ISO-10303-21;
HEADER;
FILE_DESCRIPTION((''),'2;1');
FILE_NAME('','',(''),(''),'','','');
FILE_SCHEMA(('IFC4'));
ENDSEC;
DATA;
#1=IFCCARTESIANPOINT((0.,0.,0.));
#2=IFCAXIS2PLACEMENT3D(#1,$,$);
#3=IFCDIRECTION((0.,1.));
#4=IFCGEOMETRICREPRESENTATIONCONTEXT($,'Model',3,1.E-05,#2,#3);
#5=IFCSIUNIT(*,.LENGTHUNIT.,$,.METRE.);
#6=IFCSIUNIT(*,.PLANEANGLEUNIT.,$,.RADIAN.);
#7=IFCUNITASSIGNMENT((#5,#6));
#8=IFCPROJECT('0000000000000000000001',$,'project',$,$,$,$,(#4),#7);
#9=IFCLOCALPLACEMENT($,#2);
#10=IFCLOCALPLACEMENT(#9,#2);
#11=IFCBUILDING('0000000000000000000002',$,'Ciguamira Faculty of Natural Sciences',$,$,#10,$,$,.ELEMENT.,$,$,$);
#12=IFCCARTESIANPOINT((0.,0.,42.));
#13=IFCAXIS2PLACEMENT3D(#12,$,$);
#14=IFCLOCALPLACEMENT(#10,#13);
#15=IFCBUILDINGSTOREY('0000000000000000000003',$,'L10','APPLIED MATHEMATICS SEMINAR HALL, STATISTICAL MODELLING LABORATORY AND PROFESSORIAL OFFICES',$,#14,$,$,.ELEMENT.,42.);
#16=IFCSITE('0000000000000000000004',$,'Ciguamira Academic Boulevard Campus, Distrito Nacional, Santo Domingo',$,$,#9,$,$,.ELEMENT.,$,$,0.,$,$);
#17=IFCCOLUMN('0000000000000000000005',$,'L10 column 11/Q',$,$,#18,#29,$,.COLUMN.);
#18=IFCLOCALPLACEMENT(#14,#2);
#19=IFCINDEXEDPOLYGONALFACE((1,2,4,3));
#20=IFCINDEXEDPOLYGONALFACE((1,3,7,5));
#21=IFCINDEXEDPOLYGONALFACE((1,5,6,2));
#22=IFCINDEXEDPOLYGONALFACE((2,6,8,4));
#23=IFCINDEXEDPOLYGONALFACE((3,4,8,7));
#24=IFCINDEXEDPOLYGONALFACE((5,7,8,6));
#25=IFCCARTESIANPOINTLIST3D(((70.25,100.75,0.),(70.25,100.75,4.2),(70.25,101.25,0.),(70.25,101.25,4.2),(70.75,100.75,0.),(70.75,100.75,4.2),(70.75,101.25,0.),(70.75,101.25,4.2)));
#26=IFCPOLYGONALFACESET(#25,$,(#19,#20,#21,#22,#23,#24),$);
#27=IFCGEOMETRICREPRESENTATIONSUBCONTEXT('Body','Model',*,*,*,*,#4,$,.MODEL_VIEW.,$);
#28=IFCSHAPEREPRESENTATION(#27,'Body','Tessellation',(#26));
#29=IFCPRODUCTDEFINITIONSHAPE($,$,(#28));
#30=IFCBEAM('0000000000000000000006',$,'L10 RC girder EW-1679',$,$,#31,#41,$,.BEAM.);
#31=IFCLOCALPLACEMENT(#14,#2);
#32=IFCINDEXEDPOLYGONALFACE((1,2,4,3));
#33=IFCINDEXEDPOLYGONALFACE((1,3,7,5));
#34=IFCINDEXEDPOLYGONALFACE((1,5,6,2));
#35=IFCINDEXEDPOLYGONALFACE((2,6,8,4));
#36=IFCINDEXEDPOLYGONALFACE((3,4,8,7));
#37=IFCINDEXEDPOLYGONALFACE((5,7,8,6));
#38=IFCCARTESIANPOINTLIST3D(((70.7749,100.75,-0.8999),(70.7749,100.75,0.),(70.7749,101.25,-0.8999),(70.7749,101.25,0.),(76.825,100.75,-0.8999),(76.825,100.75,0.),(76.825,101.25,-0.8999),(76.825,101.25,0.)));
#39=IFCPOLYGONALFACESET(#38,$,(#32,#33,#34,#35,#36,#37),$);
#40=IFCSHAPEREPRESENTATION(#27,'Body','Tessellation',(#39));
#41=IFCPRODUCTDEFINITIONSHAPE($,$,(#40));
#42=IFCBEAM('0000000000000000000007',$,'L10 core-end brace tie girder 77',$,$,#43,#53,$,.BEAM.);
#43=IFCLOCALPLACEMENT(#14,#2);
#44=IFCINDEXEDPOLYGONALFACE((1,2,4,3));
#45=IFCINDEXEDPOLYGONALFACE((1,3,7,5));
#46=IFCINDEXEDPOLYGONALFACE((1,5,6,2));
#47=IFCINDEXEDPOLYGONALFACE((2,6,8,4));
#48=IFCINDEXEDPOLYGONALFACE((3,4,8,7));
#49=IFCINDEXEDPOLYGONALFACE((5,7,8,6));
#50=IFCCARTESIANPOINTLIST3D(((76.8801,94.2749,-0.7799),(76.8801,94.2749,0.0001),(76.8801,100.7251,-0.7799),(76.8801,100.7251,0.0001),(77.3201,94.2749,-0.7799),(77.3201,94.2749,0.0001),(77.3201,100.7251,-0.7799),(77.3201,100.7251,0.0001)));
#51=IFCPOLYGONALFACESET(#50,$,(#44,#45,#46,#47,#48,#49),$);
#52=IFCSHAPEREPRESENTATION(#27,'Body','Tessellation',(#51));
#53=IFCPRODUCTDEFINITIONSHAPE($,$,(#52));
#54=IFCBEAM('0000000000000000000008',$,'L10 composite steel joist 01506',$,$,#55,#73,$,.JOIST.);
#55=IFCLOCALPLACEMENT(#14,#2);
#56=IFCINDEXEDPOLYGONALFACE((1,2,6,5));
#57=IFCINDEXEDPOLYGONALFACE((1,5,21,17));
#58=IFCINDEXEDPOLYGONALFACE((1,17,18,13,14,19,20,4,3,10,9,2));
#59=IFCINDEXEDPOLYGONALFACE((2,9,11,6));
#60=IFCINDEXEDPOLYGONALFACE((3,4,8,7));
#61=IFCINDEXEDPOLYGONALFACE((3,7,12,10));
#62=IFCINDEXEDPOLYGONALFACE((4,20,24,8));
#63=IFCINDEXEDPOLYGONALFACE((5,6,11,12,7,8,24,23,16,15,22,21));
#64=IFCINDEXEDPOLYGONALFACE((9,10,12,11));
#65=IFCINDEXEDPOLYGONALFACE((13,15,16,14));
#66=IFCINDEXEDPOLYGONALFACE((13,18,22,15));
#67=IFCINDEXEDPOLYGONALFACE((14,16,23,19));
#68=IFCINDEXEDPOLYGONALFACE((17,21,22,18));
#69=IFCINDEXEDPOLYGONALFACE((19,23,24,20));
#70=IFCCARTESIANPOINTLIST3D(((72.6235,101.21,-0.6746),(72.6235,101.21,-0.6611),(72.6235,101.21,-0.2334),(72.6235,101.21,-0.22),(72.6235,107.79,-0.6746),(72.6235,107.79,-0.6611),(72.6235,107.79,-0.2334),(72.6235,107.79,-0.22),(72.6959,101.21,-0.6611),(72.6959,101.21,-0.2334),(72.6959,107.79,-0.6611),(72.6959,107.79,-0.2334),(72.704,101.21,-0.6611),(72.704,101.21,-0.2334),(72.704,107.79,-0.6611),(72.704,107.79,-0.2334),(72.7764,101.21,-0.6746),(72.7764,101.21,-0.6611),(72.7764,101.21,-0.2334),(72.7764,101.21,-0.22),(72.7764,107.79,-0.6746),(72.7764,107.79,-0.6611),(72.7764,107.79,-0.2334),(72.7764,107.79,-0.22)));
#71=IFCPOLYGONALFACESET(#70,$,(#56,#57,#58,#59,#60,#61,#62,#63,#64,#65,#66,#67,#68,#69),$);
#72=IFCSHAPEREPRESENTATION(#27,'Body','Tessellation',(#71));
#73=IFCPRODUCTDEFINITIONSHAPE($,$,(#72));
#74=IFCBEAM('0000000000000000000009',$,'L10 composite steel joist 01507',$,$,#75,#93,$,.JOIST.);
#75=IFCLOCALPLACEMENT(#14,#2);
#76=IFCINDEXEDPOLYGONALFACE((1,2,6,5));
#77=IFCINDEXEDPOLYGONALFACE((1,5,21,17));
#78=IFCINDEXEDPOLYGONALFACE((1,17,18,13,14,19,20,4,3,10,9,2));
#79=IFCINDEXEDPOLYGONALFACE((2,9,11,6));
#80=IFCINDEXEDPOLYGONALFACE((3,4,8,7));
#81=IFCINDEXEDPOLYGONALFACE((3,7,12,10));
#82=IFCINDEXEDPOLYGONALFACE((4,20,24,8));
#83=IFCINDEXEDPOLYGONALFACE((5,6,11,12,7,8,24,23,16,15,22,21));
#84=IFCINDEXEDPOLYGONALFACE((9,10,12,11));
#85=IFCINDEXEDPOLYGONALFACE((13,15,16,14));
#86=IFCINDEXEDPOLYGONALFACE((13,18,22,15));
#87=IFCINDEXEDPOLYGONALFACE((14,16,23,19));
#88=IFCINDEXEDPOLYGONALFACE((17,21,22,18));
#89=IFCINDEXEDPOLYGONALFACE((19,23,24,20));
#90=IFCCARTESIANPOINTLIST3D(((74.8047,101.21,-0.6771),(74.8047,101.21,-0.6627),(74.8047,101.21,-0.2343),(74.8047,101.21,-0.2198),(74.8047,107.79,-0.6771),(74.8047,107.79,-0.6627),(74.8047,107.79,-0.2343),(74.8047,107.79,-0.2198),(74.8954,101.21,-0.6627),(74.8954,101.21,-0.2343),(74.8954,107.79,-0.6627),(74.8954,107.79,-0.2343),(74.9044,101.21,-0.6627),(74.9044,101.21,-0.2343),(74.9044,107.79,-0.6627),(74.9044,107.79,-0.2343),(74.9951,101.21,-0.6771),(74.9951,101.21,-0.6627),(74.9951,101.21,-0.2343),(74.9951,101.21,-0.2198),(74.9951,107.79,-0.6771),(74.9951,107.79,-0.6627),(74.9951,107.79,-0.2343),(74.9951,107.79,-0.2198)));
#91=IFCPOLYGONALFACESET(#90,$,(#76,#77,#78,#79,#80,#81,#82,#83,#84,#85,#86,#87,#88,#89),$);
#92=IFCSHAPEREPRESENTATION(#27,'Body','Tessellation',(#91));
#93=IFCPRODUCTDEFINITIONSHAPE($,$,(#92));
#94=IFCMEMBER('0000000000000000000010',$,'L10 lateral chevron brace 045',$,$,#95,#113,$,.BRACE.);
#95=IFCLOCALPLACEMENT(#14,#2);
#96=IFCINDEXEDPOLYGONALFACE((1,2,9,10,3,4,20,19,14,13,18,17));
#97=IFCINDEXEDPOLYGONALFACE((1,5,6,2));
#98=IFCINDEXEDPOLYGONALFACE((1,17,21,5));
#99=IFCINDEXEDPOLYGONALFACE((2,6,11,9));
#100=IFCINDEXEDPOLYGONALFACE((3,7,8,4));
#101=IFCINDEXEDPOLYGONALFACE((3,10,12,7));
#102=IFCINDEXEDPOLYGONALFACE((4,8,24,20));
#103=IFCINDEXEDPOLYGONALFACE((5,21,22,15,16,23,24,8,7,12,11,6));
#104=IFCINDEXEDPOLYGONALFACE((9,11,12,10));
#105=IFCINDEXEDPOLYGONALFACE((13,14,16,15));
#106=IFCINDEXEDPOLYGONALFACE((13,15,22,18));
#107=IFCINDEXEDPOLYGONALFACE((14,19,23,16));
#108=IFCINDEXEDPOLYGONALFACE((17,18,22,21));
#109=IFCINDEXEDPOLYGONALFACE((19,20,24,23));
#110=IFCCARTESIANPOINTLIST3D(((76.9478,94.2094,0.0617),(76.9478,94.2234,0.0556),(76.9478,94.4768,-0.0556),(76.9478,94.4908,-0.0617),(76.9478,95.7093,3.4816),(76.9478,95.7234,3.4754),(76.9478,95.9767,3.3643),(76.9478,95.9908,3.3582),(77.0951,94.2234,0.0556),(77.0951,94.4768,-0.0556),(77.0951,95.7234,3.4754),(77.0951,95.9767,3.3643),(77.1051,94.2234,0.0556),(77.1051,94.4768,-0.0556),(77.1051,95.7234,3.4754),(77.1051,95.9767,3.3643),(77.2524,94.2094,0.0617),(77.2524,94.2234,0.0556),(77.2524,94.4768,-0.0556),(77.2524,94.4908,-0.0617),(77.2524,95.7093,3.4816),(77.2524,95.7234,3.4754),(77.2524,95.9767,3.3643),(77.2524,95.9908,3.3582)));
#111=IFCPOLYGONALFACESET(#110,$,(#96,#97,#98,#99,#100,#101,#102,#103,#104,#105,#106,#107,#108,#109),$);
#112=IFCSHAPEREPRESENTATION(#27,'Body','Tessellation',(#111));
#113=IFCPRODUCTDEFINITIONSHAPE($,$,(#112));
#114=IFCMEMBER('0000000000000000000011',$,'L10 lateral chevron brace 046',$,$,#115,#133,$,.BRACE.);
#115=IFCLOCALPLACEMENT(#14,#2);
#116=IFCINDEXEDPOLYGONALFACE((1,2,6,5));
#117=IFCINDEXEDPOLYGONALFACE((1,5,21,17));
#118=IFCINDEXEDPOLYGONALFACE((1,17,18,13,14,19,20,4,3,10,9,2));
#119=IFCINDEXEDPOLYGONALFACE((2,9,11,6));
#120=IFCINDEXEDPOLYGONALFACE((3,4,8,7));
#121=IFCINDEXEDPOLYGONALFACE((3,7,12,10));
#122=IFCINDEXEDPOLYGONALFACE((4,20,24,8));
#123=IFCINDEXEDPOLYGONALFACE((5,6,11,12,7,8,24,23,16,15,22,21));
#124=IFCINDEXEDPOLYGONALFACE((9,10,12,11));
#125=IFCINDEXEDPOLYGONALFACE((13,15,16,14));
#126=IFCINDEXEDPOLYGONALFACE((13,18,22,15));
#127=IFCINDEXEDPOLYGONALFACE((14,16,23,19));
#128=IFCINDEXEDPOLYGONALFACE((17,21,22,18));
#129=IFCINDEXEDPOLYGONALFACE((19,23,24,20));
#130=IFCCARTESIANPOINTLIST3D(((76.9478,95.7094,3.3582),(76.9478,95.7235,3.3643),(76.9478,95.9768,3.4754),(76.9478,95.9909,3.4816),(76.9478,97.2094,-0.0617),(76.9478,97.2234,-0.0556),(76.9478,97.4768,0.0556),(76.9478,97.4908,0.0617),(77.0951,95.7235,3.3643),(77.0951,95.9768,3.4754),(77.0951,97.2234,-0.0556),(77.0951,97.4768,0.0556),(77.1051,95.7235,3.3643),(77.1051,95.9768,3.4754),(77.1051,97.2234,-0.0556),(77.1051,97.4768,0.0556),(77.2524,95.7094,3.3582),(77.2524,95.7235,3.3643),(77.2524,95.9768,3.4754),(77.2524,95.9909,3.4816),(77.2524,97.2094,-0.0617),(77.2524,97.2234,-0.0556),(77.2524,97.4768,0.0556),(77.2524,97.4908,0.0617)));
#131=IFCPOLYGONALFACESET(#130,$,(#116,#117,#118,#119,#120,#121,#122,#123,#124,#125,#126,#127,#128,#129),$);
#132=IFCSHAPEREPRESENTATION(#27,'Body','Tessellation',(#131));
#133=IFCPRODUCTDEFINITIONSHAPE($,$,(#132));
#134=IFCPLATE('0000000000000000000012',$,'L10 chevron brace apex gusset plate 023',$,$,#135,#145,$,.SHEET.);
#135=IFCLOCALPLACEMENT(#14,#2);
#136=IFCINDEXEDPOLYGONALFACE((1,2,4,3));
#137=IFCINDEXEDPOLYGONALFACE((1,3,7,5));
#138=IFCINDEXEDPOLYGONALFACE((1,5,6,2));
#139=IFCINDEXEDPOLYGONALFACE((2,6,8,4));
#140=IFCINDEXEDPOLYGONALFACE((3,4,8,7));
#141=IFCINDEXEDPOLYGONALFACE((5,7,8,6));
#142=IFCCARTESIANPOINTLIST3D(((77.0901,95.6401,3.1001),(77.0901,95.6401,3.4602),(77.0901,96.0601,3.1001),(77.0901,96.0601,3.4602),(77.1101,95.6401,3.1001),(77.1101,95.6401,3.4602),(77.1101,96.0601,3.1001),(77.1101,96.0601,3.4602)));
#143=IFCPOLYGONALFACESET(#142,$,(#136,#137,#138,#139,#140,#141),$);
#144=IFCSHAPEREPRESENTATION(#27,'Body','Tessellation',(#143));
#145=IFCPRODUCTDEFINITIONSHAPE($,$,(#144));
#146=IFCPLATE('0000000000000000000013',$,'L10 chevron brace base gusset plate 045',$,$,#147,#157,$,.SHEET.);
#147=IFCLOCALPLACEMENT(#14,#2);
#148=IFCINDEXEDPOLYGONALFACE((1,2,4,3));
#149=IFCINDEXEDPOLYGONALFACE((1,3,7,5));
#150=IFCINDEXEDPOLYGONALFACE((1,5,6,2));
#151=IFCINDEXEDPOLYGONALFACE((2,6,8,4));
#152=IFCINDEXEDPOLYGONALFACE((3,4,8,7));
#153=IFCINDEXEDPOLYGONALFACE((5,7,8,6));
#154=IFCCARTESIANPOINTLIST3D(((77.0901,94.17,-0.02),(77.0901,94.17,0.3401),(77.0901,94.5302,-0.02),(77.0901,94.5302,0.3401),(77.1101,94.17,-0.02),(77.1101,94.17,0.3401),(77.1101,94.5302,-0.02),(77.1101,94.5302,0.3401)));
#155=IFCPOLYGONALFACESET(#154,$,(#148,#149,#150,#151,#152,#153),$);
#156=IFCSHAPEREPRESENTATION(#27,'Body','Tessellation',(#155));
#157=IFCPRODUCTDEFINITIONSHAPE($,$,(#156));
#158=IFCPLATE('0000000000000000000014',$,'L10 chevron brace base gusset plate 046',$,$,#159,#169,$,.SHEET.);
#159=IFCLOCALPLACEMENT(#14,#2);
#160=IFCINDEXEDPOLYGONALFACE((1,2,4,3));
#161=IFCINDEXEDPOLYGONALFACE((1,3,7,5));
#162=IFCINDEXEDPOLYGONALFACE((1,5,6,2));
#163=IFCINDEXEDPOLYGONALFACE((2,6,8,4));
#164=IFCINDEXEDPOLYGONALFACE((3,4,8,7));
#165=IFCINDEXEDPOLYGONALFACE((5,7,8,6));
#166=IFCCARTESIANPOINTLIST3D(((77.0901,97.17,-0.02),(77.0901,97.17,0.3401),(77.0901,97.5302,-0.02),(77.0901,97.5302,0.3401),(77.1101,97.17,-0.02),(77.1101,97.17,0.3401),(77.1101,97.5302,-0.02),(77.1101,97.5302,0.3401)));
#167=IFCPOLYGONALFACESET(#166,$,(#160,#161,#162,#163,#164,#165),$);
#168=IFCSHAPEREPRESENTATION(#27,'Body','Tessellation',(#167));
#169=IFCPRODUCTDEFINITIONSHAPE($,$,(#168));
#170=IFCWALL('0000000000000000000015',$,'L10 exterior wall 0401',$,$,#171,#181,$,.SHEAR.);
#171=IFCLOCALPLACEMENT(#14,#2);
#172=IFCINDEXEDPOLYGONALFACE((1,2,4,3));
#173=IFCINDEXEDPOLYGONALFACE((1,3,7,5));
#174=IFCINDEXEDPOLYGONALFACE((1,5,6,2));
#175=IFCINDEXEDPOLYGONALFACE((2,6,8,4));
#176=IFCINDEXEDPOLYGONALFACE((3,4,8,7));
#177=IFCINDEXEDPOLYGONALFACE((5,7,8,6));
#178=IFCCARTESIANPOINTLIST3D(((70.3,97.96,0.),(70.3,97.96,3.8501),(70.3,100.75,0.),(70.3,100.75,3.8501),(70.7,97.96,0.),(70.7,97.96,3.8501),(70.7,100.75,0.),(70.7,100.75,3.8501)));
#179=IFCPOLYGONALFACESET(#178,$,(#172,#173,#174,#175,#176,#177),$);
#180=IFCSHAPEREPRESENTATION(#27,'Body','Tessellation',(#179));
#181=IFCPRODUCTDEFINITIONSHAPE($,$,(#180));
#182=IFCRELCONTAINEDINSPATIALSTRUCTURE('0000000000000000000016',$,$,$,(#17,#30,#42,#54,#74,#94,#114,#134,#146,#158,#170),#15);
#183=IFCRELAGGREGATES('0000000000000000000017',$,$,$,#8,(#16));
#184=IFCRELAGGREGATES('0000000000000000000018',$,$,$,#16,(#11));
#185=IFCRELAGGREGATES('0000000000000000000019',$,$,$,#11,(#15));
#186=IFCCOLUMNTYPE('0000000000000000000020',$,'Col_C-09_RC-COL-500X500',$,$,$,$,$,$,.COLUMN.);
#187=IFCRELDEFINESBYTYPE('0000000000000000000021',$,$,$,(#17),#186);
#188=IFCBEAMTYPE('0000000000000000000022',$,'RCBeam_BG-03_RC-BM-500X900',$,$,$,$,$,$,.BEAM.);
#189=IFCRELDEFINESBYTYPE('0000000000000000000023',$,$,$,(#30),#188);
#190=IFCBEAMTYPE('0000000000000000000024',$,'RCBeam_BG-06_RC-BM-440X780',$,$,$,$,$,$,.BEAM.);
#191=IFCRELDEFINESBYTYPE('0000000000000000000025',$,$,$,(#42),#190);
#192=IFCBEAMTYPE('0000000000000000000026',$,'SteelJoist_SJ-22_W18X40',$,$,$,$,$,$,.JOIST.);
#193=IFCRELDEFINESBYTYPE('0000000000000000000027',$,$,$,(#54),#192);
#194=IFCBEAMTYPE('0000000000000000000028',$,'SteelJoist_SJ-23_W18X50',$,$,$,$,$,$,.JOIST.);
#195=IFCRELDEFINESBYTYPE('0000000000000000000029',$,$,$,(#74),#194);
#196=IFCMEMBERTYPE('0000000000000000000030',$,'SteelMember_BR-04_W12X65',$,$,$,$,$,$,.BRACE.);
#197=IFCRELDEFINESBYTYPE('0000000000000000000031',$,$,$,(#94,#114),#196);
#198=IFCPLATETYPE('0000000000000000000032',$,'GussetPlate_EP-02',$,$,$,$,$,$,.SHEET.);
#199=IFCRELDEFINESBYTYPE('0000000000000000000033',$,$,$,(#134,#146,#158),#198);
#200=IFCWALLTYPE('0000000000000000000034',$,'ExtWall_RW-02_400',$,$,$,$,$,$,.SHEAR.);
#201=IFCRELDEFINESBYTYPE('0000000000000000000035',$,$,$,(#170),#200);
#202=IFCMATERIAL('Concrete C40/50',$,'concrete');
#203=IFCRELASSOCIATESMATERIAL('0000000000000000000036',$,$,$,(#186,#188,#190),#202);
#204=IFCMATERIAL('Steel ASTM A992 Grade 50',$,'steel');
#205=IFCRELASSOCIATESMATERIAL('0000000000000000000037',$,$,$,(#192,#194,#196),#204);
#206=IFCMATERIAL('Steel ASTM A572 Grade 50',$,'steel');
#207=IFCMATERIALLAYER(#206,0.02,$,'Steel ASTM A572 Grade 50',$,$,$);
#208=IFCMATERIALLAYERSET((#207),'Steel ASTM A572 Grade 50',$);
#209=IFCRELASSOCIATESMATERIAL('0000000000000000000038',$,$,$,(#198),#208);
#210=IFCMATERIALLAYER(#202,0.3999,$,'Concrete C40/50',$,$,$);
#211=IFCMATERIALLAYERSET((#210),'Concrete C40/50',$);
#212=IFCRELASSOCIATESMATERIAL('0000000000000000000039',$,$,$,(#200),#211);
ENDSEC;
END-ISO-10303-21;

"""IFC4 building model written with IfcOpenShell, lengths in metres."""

from ifc_helpers import new_model, si_unit, direction, frame, frame_2d, origin, origin_2d, place, context, subcontext, project, spatial, rectangle, i_section, extrude, material, layer, layer_set, material_profile, profile_set, type_object, element, save


model = new_model("IFC4")

# Units and contexts
model_context = context("Model", 3, precision=1e-05, world=origin(), true_north=direction((0.0, 1.0)))
body_context = subcontext(model_context, "Body", "Model", "MODEL_VIEW")
ifc_project = project(units=[si_unit("LENGTHUNIT", "METRE"), si_unit("PLANEANGLEUNIT", "RADIAN")], contexts=[model_context])

# Site, building, storey
site_placement = place(None, origin())
site = spatial("IfcSite", under=ifc_project, at=site_placement, Name="Ciguamira Academic Boulevard Campus, Distrito Nacional, Santo Domingo", CompositionType="ELEMENT", RefElevation=0.0)
building_placement = place(site_placement, origin())
building = spatial("IfcBuilding", under=site, at=building_placement, Name="Ciguamira Faculty of Natural Sciences", CompositionType="ELEMENT")
storey_placement = place(building_placement, frame((0.0, 0.0, 42.0)))
storey = spatial("IfcBuildingStorey", under=building, at=storey_placement, Name="L10", Description="APPLIED MATHEMATICS SEMINAR HALL, STATISTICAL MODELLING LABORATORY AND PROFESSORIAL OFFICES", CompositionType="ELEMENT", Elevation=42.0)

# Column
ifc_material_1 = material(Name="Concrete C40/50", Category="concrete")
ifc_material_profile_1 = material_profile(ifc_material_1, rectangle(XDim=0.5, YDim=0.5, at=origin_2d()), Name="RC-COL-500X500")
ifc_profile_set_1 = profile_set([ifc_material_profile_1], Name="Concrete C40/50")
column_type = type_object("IfcColumnType", Name="Col_C-09_RC-COL-500X500", PredefinedType="COLUMN", material=ifc_profile_set_1)
column_placement = place(storey_placement, frame((70.5, 101.0, 0.0), z_axis=(0.0, 0.0, 1.0), x_axis=(1.0, 0.0, 0.0)))
element("IfcColumn", 1, at=column_placement, inside=storey, type_object=column_type, Name="L10 column 11/Q", PredefinedType="COLUMN", context=body_context, shape_type="SweptSolid", body=[
    extrude(rectangle(XDim=0.5, YDim=0.5, at=origin_2d()), origin(), (0.0, 0.0, 1.0), 4.2),
])

# Beams
ifc_material_profile_2 = material_profile(ifc_material_1, rectangle(XDim=0.5, YDim=0.8999, at=origin_2d()), Name="RC-BM-500X900")
ifc_profile_set_2 = profile_set([ifc_material_profile_2], Name="Concrete C40/50")
beam_type_1 = type_object("IfcBeamType", Name="RCBeam_BG-03_RC-BM-500X900", PredefinedType="BEAM", material=ifc_profile_set_2)
beam_1_placement = place(storey_placement, frame((70.7749, 101.0, -0.45), z_axis=(1.0, 0.0, 0.0), x_axis=(0.0, 1.0, 0.0)))
element("IfcBeam", 2, at=beam_1_placement, inside=storey, type_object=beam_type_1, Name="L10 RC girder EW-1679", PredefinedType="BEAM", context=body_context, shape_type="SweptSolid", body=[
    extrude(rectangle(XDim=0.5, YDim=0.8999, at=origin_2d()), origin(), (0.0, 0.0, 1.0), 6.05),
])
ifc_material_profile_3 = material_profile(ifc_material_1, rectangle(XDim=0.4399, YDim=0.78, at=origin_2d()), Name="RC-BM-440X780")
ifc_profile_set_3 = profile_set([ifc_material_profile_3], Name="Concrete C40/50")
beam_type_2 = type_object("IfcBeamType", Name="RCBeam_BG-06_RC-BM-440X780", PredefinedType="BEAM", material=ifc_profile_set_3)
beam_2_placement = place(storey_placement, frame((77.1001, 94.2749, -0.3899), z_axis=(0.0, 1.0, 0.0), x_axis=(-1.0, 0.0, 0.0)))
element("IfcBeam", 3, at=beam_2_placement, inside=storey, type_object=beam_type_2, Name="L10 core-end brace tie girder 77", PredefinedType="BEAM", context=body_context, shape_type="SweptSolid", body=[
    extrude(rectangle(XDim=0.4399, YDim=0.78, at=origin_2d()), origin(), (0.0, 0.0, 1.0), 6.4502),
])
ifc_material_2 = material(Name="Steel ASTM A992 Grade 50", Category="steel")
ifc_material_profile_4 = material_profile(ifc_material_2, i_section(OverallWidth=0.1528, OverallDepth=0.4546, WebThickness=0.0081, FlangeThickness=0.0134, at=origin_2d()), Name="W18X40")
ifc_profile_set_4 = profile_set([ifc_material_profile_4], Name="Steel ASTM A992 Grade 50")
beam_type_3 = type_object("IfcBeamType", Name="SteelJoist_SJ-22_W18X40", PredefinedType="JOIST", material=ifc_profile_set_4)
beam_3_placement = place(storey_placement, frame((72.7, 101.21, -0.4473), z_axis=(0.0, 1.0, 0.0), x_axis=(-1.0, 0.0, 0.0)))
element("IfcBeam", 4, at=beam_3_placement, inside=storey, type_object=beam_type_3, Name="L10 composite steel joist 01506", PredefinedType="JOIST", context=body_context, shape_type="SweptSolid", body=[
    extrude(i_section(OverallWidth=0.1528, OverallDepth=0.4546, WebThickness=0.0081, FlangeThickness=0.0134, at=origin_2d()), origin(), (0.0, 0.0, 1.0), 6.5801),
])
ifc_material_profile_5 = material_profile(ifc_material_2, i_section(OverallWidth=0.1904, OverallDepth=0.4573, WebThickness=0.009, FlangeThickness=0.0144, at=origin_2d()), Name="W18X50")
ifc_profile_set_5 = profile_set([ifc_material_profile_5], Name="Steel ASTM A992 Grade 50")
beam_type_4 = type_object("IfcBeamType", Name="SteelJoist_SJ-23_W18X50", PredefinedType="JOIST", material=ifc_profile_set_5)
beam_4_placement = place(storey_placement, frame((74.8999, 101.21, -0.4485), z_axis=(0.0, 1.0, 0.0), x_axis=(-1.0, 0.0, 0.0)))
element("IfcBeam", 5, at=beam_4_placement, inside=storey, type_object=beam_type_4, Name="L10 composite steel joist 01507", PredefinedType="JOIST", context=body_context, shape_type="SweptSolid", body=[
    extrude(i_section(OverallWidth=0.1904, OverallDepth=0.4573, WebThickness=0.009, FlangeThickness=0.0144, at=origin_2d()), origin(), (0.0, 0.0, 1.0), 6.5801),
])

# Members
ifc_material_profile_6 = material_profile(ifc_material_2, i_section(OverallWidth=0.3047, OverallDepth=0.3074, WebThickness=0.01, FlangeThickness=0.0154, at=origin_2d()), Name="W12X65")
ifc_profile_set_6 = profile_set([ifc_material_profile_6], Name="Steel ASTM A992 Grade 50")
member_type = type_object("IfcMemberType", Name="SteelMember_BR-04_W12X65", PredefinedType="BRACE", material=ifc_profile_set_6)
for number, where, z_axis, x_axis, name in (
    (6, (77.1001, 94.3501, 0.0), (0.0, 0.401669, 0.915785), (-1.0, 0.0, 0.0), "L10 lateral chevron brace 045"),
    (7, (77.1001, 97.3501, 0.0), (0.0, -0.401669, 0.915785), (1.0, 0.0, 0.0), "L10 lateral chevron brace 046"),
):
    element("IfcMember", number, at=place(storey_placement, frame(where, z_axis=z_axis, x_axis=x_axis)), inside=storey, type_object=member_type, Name=name, PredefinedType="BRACE", context=body_context, shape_type="SweptSolid", body=[
        extrude(i_section(OverallWidth=0.3047, OverallDepth=0.3074, WebThickness=0.01, FlangeThickness=0.0154, at=origin_2d()), origin(), (0.0, 0.0, 1.0), 3.7344),
    ])

# Plates
ifc_material_3 = material(Name="Steel ASTM A572 Grade 50", Category="steel")
ifc_layer_1 = layer(ifc_material_3, 0.02, Name="Steel ASTM A572 Grade 50")
ifc_layer_set_1 = layer_set([ifc_layer_1], Name="Steel ASTM A572 Grade 50")
plate_type = type_object("IfcPlateType", Name="GussetPlate_EP-02", PredefinedType="SHEET", material=ifc_layer_set_1)
plate_placement = place(storey_placement, frame((77.1001, 95.8501, 3.1001), z_axis=(0.0, 0.0, 1.0), x_axis=(1.0, 0.0, 0.0)))
element("IfcPlate", 8, at=plate_placement, inside=storey, type_object=plate_type, Name="L10 chevron brace apex gusset plate 023", PredefinedType="SHEET", context=body_context, shape_type="SweptSolid", body=[
    extrude(rectangle(XDim=0.02, YDim=0.4199, at=origin_2d()), origin(), (0.0, 0.0, 1.0), 0.3601),
])
for number, where, z_axis, x_axis, name in (
    (9, (77.1001, 94.3501, -0.02), (0.0, 0.0, 1.0), (1.0, 0.0, 0.0), "L10 chevron brace base gusset plate 045"),
    (10, (77.1001, 97.3501, -0.02), (0.0, 0.0, 1.0), (1.0, 0.0, 0.0), "L10 chevron brace base gusset plate 046"),
):
    element("IfcPlate", number, at=place(storey_placement, frame(where, z_axis=z_axis, x_axis=x_axis)), inside=storey, type_object=plate_type, Name=name, PredefinedType="SHEET", context=body_context, shape_type="SweptSolid", body=[
        extrude(rectangle(XDim=0.02, YDim=0.3601, at=origin_2d()), origin(), (0.0, 0.0, 1.0), 0.3601),
    ])

# Wall
ifc_layer_2 = layer(ifc_material_1, 0.3999, Name="Concrete C40/50")
ifc_layer_set_2 = layer_set([ifc_layer_2], Name="Concrete C40/50")
wall_type_1 = type_object("IfcWallType", Name="ExtWall_RW-02_400", PredefinedType="SHEAR", material=ifc_layer_set_2)
wall_1_placement = place(storey_placement, frame((70.5, 97.96, 0.0), z_axis=(0.0, 0.0, 1.0), x_axis=(0.0, 1.0, 0.0)))
element("IfcWall", 11, at=wall_1_placement, inside=storey, type_object=wall_type_1, Name="L10 exterior wall 0401", PredefinedType="SHEAR", context=body_context, shape_type="SweptSolid", body=[
    extrude(rectangle(XDim=2.79, YDim=0.3999, at=frame_2d((1.395, 0.0))), origin(), (0.0, 0.0, 1.0), 3.8501),
])

save(model, "model.ifc")
